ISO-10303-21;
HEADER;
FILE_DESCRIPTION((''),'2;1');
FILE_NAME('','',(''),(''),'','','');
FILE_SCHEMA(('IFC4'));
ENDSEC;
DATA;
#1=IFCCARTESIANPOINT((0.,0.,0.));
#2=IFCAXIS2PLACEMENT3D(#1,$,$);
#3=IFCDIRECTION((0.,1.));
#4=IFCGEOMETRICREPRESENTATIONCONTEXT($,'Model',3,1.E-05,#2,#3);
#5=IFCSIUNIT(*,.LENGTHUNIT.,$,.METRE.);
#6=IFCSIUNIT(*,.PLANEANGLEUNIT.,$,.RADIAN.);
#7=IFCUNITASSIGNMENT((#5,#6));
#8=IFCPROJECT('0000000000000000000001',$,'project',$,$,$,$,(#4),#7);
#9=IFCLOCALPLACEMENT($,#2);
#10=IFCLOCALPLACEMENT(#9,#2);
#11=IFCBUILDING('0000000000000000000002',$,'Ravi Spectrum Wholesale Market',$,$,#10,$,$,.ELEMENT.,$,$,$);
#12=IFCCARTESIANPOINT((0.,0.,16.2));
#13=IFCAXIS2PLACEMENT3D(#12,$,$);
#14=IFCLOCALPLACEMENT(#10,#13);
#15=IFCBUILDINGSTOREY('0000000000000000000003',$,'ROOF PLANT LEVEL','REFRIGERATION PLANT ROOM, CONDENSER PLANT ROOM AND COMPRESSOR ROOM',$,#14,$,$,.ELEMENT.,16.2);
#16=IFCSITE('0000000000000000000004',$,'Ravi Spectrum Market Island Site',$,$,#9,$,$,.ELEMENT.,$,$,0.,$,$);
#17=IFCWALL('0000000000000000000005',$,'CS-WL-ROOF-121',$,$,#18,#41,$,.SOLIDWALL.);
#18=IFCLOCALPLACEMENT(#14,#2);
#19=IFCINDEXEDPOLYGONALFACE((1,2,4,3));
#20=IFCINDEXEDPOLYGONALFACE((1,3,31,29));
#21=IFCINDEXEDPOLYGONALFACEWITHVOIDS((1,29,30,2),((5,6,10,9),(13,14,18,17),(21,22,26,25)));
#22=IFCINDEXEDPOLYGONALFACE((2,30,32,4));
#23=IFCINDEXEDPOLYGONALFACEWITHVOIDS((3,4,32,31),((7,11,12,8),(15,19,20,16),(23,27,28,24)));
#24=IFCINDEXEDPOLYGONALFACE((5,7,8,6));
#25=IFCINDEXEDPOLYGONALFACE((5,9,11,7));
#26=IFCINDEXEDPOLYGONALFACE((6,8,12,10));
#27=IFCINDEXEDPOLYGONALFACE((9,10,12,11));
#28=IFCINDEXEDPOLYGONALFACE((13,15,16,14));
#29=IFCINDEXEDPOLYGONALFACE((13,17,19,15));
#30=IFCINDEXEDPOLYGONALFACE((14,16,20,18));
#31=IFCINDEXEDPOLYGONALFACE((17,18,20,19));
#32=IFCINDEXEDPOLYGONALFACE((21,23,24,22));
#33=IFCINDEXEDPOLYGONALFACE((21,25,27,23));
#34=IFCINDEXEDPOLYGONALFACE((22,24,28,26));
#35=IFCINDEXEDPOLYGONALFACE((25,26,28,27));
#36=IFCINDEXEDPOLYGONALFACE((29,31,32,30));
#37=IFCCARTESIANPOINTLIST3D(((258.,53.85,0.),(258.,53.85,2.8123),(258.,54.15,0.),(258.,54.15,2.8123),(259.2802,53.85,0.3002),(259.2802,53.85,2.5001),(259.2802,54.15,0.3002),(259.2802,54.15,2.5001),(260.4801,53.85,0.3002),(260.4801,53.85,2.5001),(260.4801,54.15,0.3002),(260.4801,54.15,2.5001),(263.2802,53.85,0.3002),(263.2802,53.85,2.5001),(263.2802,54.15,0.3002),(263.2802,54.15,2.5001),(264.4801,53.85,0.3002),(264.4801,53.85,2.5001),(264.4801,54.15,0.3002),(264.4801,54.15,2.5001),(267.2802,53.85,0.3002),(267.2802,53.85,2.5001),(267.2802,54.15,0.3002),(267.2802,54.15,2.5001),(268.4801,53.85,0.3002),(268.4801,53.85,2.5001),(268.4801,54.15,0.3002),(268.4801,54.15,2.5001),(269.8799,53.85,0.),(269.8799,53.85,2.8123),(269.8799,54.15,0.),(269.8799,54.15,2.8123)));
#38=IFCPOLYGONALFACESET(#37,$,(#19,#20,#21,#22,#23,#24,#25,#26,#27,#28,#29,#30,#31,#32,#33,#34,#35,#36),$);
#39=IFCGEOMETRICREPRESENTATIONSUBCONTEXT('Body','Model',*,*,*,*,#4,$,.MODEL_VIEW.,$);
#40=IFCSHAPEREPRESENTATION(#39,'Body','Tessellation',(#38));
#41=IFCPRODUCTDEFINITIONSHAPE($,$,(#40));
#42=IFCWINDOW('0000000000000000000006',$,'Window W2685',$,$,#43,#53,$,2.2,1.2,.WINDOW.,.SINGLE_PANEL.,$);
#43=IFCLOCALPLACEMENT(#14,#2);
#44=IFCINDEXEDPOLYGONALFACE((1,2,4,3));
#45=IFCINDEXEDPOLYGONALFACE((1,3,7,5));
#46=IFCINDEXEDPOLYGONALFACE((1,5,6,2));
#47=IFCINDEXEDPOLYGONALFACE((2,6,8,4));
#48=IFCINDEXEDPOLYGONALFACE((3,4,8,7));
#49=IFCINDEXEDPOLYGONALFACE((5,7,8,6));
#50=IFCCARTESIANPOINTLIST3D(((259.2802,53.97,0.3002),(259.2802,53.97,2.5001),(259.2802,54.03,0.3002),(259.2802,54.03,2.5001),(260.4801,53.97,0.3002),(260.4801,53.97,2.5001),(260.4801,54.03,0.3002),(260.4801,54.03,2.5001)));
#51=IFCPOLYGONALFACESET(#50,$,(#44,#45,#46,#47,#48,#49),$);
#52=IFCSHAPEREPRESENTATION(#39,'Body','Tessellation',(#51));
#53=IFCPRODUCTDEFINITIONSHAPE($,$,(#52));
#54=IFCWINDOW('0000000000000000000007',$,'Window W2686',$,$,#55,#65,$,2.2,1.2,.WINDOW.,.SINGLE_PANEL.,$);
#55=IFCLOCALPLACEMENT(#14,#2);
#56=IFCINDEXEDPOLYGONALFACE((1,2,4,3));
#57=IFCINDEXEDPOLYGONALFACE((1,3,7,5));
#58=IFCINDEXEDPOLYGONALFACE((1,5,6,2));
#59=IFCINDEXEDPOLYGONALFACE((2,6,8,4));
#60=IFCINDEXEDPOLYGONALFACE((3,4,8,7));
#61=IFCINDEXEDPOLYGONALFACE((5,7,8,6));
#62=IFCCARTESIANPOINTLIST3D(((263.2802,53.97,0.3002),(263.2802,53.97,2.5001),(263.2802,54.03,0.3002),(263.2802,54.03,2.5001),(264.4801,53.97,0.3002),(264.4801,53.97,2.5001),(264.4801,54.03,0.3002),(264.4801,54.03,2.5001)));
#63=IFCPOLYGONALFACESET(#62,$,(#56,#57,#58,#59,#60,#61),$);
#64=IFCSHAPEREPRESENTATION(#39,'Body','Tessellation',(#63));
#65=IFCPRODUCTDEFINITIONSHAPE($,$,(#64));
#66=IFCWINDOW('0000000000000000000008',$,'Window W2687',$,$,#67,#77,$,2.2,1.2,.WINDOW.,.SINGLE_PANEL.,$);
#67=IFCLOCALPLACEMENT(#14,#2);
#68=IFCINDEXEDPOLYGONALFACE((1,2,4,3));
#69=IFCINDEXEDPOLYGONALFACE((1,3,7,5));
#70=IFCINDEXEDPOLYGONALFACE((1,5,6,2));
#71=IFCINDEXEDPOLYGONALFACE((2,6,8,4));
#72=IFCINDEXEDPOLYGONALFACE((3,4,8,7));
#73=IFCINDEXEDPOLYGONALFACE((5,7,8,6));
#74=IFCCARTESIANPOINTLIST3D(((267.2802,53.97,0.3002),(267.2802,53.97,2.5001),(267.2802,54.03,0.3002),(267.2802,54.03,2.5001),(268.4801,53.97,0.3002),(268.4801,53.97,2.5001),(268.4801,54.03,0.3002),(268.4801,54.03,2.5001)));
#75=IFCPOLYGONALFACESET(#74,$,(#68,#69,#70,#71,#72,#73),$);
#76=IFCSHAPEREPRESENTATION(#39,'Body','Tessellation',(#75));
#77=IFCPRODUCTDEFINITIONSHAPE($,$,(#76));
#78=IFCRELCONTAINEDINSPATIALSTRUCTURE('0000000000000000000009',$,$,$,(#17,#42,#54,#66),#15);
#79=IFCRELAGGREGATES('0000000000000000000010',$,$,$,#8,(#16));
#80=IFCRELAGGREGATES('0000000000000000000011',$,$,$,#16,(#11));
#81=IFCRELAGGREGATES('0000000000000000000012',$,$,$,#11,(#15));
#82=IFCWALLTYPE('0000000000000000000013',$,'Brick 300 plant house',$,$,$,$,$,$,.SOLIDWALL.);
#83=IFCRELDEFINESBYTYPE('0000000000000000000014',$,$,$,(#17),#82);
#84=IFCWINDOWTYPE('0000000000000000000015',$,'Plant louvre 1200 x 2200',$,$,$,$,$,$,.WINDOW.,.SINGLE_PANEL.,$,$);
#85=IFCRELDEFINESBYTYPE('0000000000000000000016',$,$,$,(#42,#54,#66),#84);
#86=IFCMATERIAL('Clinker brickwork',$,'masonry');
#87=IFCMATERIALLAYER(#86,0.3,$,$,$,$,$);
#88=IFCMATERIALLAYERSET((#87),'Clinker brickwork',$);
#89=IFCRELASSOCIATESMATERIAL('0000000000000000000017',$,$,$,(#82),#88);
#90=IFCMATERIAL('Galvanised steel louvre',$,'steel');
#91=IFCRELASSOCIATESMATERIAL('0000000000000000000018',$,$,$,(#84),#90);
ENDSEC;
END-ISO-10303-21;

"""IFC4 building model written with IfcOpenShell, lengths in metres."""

from ifc_helpers import new_model, si_unit, direction, frame, frame_2d, origin, place, context, subcontext, project, spatial, rectangle, extrude, material, layer, layer_set, type_object, element, fill, save


model = new_model("IFC4")

# Units and contexts
model_context = context("Model", 3, precision=1e-05, world=origin(), true_north=direction((0.0, 1.0)))
body_context = subcontext(model_context, "Body", "Model", "MODEL_VIEW")
ifc_project = project(units=[si_unit("LENGTHUNIT", "METRE"), si_unit("PLANEANGLEUNIT", "RADIAN")], contexts=[model_context])

# Site, building, storey
site_placement = place(None, origin())
site = spatial("IfcSite", under=ifc_project, at=site_placement, Name="Ravi Spectrum Market Island Site", CompositionType="ELEMENT", RefElevation=0.0)
building_placement = place(site_placement, origin())
building = spatial("IfcBuilding", under=site, at=building_placement, Name="Ravi Spectrum Wholesale Market", CompositionType="ELEMENT")
storey_placement = place(building_placement, frame((0.0, 0.0, 16.2)))
storey = spatial("IfcBuildingStorey", under=building, at=storey_placement, Name="ROOF PLANT LEVEL", Description="REFRIGERATION PLANT ROOM, CONDENSER PLANT ROOM AND COMPRESSOR ROOM", CompositionType="ELEMENT", Elevation=16.2)

# Wall, openings, windows
ifc_material_1 = material(Name="Clinker brickwork", Category="masonry")
ifc_layer_1 = layer(ifc_material_1, 0.3)
ifc_layer_set_1 = layer_set([ifc_layer_1], Name="Clinker brickwork")
wall_type = type_object("IfcWallType", Name="Brick 300 plant house", PredefinedType="SOLIDWALL", material=ifc_layer_set_1)
wall_placement = place(storey_placement, frame((258.0, 54.0, 0.0), z_axis=(0.0, 0.0, 1.0), x_axis=(1.0, 0.0, 0.0)))
wall = element("IfcWall", 1, at=wall_placement, inside=storey, type_object=wall_type, Name="CS-WL-ROOF-121", PredefinedType="SOLIDWALL", context=body_context, shape_type="SweptSolid", body=[
    extrude(rectangle(XDim=11.8799, YDim=0.3, at=frame_2d((5.9399, 0.0))), origin(), (0.0, 0.0, 1.0), 2.8123),
])
opening_1_placement = place(wall_placement, frame((1.28, 0.0, 0.3)))
opening_1 = element("IfcOpeningElement", 2, at=opening_1_placement, cuts=wall, PredefinedType="OPENING", context=body_context, shape_type="SweptSolid", body=[
    extrude(rectangle(XDim=1.2, YDim=2.2, at=frame_2d((0.6001, 1.1001))), frame((0.0, 0.1599, 0.0), z_axis=(0.0, -1.0, 0.0), x_axis=(1.0, 0.0, 0.0)), (0.0, 0.0, 1.0), 0.3201),
])
opening_2_placement = place(wall_placement, frame((5.28, 0.0, 0.3)))
opening_2 = element("IfcOpeningElement", 3, at=opening_2_placement, cuts=wall, PredefinedType="OPENING", context=body_context, shape_type="SweptSolid", body=[
    extrude(rectangle(XDim=1.2, YDim=2.2, at=frame_2d((0.6001, 1.1001))), frame((0.0, 0.1599, 0.0), z_axis=(0.0, -1.0, 0.0), x_axis=(1.0, 0.0, 0.0)), (0.0, 0.0, 1.0), 0.3201),
])
opening_3_placement = place(wall_placement, frame((9.28, 0.0, 0.3)))
opening_3 = element("IfcOpeningElement", 4, at=opening_3_placement, cuts=wall, PredefinedType="OPENING", context=body_context, shape_type="SweptSolid", body=[
    extrude(rectangle(XDim=1.2, YDim=2.2, at=frame_2d((0.6001, 1.1001))), frame((0.0, 0.1599, 0.0), z_axis=(0.0, -1.0, 0.0), x_axis=(1.0, 0.0, 0.0)), (0.0, 0.0, 1.0), 0.3201),
])
ifc_material_2 = material(Name="Galvanised steel louvre", Category="steel")
window_type = type_object("IfcWindowType", Name="Plant louvre 1200 x 2200", PartitioningType="SINGLE_PANEL", PredefinedType="WINDOW", material=ifc_material_2)
window_1_placement = place(opening_1_placement, origin())
window_1 = element("IfcWindow", 5, at=window_1_placement, inside=storey, type_object=window_type, Name="Window W2685", OverallHeight=2.2, OverallWidth=1.2, PartitioningType="SINGLE_PANEL", PredefinedType="WINDOW", context=body_context, shape_type="SweptSolid", body=[
    extrude(rectangle(XDim=1.2, YDim=2.2, at=frame_2d((0.6001, 1.1001))), frame((0.0, 0.03, 0.0), z_axis=(0.0, -1.0, 0.0), x_axis=(1.0, 0.0, 0.0)), (0.0, 0.0, 1.0), 0.0601),
])
fill(opening_1, window_1)
window_2_placement = place(opening_2_placement, origin())
window_2 = element("IfcWindow", 6, at=window_2_placement, inside=storey, type_object=window_type, Name="Window W2686", OverallHeight=2.2, OverallWidth=1.2, PartitioningType="SINGLE_PANEL", PredefinedType="WINDOW", context=body_context, shape_type="SweptSolid", body=[
    extrude(rectangle(XDim=1.2, YDim=2.2, at=frame_2d((0.6001, 1.1001))), frame((0.0, 0.03, 0.0), z_axis=(0.0, -1.0, 0.0), x_axis=(1.0, 0.0, 0.0)), (0.0, 0.0, 1.0), 0.0601),
])
fill(opening_2, window_2)
window_3_placement = place(opening_3_placement, origin())
window_3 = element("IfcWindow", 7, at=window_3_placement, inside=storey, type_object=window_type, Name="Window W2687", OverallHeight=2.2, OverallWidth=1.2, PartitioningType="SINGLE_PANEL", PredefinedType="WINDOW", context=body_context, shape_type="SweptSolid", body=[
    extrude(rectangle(XDim=1.2, YDim=2.2, at=frame_2d((0.6001, 1.1001))), frame((0.0, 0.03, 0.0), z_axis=(0.0, -1.0, 0.0), x_axis=(1.0, 0.0, 0.0)), (0.0, 0.0, 1.0), 0.0601),
])
fill(opening_3, window_3)

save(model, "model.ifc")
